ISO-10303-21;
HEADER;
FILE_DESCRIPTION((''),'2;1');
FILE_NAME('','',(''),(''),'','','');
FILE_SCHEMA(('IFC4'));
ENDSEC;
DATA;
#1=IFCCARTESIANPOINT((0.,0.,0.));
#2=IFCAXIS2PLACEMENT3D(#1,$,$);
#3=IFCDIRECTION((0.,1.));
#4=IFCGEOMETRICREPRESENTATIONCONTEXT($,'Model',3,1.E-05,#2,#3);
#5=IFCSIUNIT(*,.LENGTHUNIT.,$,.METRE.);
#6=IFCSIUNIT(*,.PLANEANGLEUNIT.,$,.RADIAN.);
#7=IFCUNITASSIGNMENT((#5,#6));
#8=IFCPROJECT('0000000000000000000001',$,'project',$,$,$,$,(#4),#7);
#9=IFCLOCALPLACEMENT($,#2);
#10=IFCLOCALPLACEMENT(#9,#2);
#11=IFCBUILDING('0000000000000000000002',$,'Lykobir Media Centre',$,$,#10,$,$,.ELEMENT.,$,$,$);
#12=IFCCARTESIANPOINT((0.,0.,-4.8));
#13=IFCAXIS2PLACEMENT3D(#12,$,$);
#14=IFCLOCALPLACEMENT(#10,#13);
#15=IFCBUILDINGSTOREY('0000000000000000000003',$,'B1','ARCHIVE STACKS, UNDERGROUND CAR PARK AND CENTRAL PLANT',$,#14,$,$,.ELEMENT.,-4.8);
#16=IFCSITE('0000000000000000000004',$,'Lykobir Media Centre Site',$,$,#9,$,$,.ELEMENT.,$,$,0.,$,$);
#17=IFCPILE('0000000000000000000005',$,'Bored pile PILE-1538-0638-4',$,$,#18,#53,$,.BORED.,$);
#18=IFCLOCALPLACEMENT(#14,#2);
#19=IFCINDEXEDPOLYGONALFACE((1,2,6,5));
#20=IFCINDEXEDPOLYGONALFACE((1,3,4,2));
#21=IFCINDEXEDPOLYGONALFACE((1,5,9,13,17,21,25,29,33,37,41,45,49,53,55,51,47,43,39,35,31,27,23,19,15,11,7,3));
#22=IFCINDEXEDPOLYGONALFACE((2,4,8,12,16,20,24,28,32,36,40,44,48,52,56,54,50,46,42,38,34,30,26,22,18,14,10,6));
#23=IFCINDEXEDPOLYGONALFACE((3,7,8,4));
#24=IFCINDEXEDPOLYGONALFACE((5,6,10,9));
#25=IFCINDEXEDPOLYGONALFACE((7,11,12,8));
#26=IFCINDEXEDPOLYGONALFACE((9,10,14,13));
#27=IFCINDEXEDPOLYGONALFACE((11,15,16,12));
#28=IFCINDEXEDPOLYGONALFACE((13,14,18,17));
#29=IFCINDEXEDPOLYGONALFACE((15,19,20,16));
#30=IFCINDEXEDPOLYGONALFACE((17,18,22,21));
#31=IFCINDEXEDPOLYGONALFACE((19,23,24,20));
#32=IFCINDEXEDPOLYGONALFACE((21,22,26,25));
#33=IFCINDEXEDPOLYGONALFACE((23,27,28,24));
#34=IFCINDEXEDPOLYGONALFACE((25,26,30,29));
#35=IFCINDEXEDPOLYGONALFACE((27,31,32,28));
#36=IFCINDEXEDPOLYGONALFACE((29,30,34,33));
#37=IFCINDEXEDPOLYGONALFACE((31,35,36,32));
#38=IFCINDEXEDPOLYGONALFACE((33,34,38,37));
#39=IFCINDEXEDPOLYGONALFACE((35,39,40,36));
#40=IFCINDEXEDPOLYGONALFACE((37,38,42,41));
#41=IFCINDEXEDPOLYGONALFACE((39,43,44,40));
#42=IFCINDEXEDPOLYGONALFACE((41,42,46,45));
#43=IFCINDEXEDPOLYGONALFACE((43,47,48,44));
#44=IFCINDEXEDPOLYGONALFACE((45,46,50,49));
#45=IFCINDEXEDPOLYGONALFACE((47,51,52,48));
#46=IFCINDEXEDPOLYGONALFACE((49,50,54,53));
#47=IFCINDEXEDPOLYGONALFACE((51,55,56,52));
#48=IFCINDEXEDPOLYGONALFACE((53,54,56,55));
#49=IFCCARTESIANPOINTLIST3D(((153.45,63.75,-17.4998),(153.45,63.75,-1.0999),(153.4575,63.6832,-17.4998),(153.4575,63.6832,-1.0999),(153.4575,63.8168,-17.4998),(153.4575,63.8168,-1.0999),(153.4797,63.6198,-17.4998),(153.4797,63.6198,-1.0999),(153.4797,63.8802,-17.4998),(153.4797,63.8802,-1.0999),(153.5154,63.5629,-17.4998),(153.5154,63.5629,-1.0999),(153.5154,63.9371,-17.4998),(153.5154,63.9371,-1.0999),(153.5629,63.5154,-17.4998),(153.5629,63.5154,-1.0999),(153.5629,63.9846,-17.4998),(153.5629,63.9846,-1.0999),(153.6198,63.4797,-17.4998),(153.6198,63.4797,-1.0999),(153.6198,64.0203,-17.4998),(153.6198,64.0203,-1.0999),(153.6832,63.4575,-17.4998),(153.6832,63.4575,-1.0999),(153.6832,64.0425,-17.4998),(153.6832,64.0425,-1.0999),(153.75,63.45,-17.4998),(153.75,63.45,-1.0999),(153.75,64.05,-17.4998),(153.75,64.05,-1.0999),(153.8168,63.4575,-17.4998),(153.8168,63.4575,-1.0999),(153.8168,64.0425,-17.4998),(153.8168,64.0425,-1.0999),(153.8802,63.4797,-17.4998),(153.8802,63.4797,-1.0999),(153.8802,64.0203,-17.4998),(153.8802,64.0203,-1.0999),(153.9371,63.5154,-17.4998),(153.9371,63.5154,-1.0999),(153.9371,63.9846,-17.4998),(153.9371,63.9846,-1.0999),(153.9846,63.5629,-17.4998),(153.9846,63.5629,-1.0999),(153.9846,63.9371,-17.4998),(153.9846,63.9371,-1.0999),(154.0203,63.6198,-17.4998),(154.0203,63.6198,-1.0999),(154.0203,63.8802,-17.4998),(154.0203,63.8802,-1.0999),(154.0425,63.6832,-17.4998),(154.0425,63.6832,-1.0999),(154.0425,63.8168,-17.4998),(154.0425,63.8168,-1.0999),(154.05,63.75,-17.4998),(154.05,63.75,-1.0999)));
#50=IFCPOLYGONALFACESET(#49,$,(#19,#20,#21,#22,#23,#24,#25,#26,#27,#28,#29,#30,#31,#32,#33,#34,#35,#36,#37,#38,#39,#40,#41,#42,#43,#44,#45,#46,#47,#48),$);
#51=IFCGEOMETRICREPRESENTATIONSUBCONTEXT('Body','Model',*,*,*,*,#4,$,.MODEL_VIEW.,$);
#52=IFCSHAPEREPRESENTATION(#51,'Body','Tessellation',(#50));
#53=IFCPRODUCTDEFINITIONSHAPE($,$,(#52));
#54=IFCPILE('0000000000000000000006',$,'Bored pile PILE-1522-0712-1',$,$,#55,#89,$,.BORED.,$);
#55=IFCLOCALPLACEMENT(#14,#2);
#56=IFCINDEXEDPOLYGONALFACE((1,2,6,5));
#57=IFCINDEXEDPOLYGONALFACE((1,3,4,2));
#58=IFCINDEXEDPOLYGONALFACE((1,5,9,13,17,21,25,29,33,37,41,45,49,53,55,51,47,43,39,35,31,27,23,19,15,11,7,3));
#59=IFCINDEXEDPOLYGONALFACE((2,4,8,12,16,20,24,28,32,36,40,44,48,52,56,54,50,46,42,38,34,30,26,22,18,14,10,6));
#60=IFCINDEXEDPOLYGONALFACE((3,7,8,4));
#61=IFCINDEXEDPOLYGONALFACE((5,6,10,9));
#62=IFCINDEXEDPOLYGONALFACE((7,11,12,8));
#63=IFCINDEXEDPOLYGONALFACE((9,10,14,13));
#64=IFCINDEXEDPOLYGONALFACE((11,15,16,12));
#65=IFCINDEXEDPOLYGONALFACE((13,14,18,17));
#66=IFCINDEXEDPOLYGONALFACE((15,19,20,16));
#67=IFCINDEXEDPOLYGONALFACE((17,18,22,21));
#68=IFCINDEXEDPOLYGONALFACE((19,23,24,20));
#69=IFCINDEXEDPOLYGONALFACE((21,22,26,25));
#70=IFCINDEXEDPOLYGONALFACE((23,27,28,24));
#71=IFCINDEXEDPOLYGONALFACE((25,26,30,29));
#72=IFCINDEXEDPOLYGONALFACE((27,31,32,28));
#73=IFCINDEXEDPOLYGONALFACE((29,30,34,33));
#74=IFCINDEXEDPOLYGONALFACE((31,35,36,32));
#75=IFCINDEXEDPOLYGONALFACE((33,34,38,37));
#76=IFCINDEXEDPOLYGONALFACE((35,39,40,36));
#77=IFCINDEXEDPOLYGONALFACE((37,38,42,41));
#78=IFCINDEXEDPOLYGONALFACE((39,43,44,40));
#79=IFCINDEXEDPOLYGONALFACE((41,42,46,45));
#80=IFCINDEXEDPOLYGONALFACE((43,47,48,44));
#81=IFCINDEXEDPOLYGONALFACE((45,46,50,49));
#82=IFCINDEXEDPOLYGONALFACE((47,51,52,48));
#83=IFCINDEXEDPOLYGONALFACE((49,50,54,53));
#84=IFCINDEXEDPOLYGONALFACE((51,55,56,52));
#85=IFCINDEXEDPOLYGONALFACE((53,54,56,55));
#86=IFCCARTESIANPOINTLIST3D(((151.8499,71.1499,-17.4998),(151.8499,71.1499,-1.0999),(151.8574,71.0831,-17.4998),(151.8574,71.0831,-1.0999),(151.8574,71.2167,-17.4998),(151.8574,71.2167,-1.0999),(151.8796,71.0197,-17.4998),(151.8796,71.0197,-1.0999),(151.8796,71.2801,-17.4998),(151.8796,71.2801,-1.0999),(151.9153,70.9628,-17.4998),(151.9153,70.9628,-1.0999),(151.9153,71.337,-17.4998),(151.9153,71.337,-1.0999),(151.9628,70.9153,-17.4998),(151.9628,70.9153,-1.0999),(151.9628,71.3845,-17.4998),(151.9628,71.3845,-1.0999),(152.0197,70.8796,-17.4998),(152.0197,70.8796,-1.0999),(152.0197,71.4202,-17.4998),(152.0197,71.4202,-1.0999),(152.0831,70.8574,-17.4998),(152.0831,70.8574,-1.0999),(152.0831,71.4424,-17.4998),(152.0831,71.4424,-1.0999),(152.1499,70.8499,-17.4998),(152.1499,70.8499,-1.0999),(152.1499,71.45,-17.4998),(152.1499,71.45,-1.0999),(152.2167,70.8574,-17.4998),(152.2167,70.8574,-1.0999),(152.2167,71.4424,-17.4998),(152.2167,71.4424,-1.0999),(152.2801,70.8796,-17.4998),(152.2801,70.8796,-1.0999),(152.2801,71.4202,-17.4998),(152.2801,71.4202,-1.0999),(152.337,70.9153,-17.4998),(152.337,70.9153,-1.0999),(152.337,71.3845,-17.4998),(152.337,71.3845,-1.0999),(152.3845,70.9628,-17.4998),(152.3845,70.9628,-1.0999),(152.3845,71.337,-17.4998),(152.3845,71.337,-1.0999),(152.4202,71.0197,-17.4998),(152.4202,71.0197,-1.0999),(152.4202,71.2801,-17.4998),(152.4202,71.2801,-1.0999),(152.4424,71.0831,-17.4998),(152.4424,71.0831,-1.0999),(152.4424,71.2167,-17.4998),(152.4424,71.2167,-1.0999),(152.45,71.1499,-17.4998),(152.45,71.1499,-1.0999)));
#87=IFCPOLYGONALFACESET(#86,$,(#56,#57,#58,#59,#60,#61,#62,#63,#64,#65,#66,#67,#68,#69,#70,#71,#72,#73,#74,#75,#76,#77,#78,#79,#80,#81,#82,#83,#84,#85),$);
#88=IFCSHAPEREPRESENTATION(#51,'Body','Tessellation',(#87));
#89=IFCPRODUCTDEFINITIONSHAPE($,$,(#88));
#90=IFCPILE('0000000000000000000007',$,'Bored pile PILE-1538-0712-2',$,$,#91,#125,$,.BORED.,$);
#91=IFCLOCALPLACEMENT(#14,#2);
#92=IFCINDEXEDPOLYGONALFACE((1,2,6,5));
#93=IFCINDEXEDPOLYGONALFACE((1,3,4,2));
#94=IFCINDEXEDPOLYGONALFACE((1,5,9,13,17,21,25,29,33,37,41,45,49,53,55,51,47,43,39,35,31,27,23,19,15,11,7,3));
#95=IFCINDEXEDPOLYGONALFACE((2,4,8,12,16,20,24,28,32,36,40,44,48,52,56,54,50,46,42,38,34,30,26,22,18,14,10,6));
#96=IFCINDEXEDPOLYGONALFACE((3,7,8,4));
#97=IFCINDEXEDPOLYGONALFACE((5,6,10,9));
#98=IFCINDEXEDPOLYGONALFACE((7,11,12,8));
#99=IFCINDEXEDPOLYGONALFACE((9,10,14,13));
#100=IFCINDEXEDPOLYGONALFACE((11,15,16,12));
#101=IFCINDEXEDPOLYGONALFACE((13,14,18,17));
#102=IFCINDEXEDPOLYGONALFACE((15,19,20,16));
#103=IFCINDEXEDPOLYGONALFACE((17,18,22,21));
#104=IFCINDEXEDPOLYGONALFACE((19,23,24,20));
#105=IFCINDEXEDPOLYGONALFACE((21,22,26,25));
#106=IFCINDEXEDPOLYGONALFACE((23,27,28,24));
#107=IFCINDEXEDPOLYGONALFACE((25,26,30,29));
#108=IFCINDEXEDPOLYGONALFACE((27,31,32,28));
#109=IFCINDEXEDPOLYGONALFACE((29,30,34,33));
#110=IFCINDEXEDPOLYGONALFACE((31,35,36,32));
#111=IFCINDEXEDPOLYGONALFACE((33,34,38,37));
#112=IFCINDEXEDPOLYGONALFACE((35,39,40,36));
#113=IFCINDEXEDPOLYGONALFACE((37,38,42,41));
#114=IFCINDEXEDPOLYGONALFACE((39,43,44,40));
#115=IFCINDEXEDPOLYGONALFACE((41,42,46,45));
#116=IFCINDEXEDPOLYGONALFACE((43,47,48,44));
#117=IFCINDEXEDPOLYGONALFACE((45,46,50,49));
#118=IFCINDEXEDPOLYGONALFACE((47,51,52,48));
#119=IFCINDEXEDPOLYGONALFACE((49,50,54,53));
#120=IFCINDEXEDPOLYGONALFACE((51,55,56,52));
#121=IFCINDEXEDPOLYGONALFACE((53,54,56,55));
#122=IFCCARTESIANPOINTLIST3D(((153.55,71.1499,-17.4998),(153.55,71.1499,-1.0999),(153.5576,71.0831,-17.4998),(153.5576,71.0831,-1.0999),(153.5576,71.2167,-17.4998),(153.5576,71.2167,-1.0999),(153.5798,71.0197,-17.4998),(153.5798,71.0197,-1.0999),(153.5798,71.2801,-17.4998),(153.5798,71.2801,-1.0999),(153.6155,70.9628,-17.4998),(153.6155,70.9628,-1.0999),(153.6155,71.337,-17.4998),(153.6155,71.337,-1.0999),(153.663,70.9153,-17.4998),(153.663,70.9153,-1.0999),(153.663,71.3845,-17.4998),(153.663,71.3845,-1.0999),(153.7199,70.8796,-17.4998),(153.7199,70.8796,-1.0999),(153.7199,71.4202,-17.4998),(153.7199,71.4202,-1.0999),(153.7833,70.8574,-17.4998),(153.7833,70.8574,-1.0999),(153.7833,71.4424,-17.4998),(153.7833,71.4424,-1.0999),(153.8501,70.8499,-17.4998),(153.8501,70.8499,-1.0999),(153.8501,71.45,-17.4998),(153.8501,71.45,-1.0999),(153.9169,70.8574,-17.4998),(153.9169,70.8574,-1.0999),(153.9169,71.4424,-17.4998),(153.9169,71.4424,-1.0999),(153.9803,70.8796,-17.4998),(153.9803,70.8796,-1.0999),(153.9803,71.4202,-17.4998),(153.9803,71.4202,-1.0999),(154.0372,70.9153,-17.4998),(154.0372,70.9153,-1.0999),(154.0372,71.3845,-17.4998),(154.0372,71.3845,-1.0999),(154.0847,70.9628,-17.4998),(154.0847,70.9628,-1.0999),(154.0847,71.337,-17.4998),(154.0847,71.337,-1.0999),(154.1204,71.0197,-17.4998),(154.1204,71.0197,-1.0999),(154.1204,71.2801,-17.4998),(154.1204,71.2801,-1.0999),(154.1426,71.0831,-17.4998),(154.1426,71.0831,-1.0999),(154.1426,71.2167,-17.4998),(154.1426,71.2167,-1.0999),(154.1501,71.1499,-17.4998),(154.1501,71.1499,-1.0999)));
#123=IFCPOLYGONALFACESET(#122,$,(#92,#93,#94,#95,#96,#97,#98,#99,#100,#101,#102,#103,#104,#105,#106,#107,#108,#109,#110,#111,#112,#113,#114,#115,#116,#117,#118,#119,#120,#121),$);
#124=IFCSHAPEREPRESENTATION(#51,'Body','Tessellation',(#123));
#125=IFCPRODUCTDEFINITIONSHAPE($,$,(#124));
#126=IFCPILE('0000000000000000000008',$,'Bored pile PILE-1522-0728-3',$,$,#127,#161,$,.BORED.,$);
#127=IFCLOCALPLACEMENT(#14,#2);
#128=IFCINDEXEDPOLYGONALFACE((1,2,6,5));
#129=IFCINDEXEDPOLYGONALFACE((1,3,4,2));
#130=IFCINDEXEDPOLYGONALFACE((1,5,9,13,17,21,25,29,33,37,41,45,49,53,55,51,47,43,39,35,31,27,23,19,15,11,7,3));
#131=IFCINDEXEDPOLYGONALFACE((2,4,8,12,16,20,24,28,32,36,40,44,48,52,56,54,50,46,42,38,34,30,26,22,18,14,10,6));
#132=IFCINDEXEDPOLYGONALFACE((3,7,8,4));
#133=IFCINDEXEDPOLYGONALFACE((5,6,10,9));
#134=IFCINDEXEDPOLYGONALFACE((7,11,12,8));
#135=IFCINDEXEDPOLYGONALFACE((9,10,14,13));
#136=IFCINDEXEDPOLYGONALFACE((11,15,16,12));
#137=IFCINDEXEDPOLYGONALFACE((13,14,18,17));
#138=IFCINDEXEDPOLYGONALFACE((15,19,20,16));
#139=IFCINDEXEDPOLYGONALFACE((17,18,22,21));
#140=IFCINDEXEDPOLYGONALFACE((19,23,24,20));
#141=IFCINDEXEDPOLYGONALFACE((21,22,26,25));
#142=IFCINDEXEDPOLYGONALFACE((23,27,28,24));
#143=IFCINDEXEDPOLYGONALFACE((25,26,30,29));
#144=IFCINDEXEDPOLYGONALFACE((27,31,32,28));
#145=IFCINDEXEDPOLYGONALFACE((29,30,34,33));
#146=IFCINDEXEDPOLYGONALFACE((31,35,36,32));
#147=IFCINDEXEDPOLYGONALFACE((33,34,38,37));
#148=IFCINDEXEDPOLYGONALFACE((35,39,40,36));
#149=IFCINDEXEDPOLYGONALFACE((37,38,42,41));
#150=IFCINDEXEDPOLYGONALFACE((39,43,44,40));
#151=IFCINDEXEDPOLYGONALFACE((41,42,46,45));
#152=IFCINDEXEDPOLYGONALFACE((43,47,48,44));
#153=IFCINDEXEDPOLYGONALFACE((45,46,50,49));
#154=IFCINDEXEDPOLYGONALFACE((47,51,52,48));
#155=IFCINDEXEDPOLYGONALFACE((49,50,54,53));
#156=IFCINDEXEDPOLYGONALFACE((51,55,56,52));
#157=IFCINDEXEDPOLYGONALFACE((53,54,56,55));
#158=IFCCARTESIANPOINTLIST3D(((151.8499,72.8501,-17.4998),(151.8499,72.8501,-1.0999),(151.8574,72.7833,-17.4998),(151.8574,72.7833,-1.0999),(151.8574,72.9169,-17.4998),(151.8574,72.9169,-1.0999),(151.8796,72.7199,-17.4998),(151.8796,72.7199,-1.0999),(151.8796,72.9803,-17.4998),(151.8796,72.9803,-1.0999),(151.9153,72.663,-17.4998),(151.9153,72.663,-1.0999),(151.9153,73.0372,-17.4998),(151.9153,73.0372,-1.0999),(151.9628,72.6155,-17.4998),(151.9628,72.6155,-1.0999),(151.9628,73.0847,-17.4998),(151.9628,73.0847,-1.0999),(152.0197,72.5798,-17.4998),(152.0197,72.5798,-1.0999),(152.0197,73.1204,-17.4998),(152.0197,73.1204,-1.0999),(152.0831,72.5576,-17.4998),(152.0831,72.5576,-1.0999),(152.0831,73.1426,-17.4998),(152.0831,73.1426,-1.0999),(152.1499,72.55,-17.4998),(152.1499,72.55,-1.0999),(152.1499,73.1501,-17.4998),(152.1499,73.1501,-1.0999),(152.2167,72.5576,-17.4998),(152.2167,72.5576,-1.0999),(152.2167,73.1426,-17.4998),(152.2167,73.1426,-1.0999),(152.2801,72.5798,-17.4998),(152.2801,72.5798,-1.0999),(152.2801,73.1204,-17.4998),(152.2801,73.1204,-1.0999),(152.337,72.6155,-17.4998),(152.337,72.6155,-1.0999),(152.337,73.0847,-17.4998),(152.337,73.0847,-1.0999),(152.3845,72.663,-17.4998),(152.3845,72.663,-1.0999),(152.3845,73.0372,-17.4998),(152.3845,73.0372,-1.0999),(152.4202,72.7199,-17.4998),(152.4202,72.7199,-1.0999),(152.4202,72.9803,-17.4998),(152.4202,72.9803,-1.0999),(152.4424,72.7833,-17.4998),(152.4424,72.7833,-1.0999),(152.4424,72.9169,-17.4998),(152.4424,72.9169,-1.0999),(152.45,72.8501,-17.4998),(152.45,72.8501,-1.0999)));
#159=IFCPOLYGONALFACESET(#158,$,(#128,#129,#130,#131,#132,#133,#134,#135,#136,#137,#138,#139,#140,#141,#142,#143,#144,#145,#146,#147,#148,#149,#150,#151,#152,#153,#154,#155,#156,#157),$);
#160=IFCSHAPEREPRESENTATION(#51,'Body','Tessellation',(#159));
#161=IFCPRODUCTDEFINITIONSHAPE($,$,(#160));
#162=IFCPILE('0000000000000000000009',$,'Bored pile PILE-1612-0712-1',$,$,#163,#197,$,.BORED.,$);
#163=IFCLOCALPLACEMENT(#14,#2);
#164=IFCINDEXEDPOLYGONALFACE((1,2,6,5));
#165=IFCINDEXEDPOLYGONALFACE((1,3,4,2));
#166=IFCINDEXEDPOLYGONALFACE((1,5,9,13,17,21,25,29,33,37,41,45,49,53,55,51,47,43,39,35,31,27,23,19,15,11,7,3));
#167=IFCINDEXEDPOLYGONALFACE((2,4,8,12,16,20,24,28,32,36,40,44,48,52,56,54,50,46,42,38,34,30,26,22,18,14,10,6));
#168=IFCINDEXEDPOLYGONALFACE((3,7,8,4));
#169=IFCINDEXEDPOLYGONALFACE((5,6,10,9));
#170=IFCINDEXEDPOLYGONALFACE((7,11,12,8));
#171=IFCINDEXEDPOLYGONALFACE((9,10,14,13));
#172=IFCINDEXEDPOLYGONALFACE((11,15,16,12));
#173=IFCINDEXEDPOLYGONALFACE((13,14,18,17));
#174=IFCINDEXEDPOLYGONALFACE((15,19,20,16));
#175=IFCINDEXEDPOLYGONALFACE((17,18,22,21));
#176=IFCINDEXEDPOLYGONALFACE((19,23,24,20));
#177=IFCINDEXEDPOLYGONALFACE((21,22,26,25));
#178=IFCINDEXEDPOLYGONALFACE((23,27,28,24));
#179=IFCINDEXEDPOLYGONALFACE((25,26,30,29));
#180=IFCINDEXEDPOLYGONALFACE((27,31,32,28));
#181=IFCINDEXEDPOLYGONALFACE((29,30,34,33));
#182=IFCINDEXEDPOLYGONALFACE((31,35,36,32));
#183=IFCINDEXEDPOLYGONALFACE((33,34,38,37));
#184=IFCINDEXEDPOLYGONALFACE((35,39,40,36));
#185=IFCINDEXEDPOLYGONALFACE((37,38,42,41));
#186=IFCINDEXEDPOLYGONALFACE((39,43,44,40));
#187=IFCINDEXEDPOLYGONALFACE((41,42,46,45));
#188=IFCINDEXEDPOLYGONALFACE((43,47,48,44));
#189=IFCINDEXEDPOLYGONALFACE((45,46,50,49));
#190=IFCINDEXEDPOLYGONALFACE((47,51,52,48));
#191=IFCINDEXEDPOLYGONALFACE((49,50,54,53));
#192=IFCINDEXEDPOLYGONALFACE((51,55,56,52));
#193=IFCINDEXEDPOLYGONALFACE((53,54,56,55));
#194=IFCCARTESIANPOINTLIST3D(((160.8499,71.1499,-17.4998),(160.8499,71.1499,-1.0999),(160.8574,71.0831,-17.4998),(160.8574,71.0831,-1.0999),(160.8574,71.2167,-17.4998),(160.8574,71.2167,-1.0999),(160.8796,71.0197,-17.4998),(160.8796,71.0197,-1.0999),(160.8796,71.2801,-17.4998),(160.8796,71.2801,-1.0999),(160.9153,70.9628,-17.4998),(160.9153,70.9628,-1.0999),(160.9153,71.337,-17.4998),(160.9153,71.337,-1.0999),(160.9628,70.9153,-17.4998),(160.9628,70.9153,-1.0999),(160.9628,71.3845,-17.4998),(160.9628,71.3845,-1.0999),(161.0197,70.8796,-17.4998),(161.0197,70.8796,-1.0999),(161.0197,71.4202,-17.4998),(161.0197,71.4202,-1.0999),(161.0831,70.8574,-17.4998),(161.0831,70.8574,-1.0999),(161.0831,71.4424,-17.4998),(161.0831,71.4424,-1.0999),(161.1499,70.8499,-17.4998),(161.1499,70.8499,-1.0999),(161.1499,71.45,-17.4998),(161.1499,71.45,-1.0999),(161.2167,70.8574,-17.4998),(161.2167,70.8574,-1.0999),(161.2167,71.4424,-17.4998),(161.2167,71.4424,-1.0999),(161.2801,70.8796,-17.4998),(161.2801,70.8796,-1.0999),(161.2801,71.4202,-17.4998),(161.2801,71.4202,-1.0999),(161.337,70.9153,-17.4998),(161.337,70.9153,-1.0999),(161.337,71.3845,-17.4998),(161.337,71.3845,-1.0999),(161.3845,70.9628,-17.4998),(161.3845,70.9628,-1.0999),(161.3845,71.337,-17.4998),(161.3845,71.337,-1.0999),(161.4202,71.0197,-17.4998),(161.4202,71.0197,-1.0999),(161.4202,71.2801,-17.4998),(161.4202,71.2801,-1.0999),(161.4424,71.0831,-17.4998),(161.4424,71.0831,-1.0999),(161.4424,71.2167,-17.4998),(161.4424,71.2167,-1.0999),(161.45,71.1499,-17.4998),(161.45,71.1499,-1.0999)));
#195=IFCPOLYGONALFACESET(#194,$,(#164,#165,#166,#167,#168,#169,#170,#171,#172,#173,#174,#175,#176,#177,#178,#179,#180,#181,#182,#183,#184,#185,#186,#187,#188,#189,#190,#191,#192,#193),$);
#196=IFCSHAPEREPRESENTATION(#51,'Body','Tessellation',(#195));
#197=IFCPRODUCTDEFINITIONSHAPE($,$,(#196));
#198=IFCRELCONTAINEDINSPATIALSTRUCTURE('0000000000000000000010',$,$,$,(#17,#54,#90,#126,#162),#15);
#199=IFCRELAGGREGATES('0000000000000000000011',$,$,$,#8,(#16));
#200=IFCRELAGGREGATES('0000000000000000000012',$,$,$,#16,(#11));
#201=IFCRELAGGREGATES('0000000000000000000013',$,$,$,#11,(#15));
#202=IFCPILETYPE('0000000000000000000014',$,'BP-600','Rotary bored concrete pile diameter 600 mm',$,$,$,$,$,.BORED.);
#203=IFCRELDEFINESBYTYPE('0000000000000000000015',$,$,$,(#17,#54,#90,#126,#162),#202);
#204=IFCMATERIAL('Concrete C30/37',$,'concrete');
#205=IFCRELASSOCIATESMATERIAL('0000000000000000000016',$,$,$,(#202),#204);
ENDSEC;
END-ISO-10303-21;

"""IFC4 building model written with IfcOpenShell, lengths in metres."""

from ifc_helpers import new_model, si_unit, direction, frame, origin, origin_2d, place, context, subcontext, project, spatial, circle, extrude, material, material_profile, profile_set, type_object, element, save


model = new_model("IFC4")

# Units and contexts
model_context = context("Model", 3, precision=1e-05, world=origin(), true_north=direction((0.0, 1.0)))
body_context = subcontext(model_context, "Body", "Model", "MODEL_VIEW")
ifc_project = project(units=[si_unit("LENGTHUNIT", "METRE"), si_unit("PLANEANGLEUNIT", "RADIAN")], contexts=[model_context])

# Site, building, storey
site_placement = place(None, origin())
site = spatial("IfcSite", under=ifc_project, at=site_placement, Name="Lykobir Media Centre Site", CompositionType="ELEMENT", RefElevation=0.0)
building_placement = place(site_placement, origin())
building = spatial("IfcBuilding", under=site, at=building_placement, Name="Lykobir Media Centre", CompositionType="ELEMENT")
storey_placement = place(building_placement, frame((0.0, 0.0, -4.8)))
storey = spatial("IfcBuildingStorey", under=building, at=storey_placement, Name="B1", Description="ARCHIVE STACKS, UNDERGROUND CAR PARK AND CENTRAL PLANT", CompositionType="ELEMENT", Elevation=-4.8)

# Piles
ifc_material_1 = material(Name="Concrete C30/37", Category="concrete")
ifc_material_profile_1 = material_profile(ifc_material_1, circle(Radius=0.3, at=origin_2d()), Name="BORED PILE D600")
ifc_profile_set_1 = profile_set([ifc_material_profile_1], Name="Concrete C30/37")
pile_type = type_object("IfcPileType", Name="BP-600", Description="Rotary bored concrete pile diameter 600 mm", PredefinedType="BORED", material=ifc_profile_set_1)
for number, where, z_axis, x_axis, name in (
    (1, (153.75, 63.75, -1.0999), (0.0, 0.0, -1.0), (1.0, 0.0, 0.0), "Bored pile PILE-1538-0638-4"),
    (2, (152.1499, 71.1499, -1.0999), (0.0, 0.0, -1.0), (1.0, 0.0, 0.0), "Bored pile PILE-1522-0712-1"),
    (3, (153.8501, 71.1499, -1.0999), (0.0, 0.0, -1.0), (1.0, 0.0, 0.0), "Bored pile PILE-1538-0712-2"),
    (4, (152.1499, 72.8501, -1.0999), (0.0, 0.0, -1.0), (1.0, 0.0, 0.0), "Bored pile PILE-1522-0728-3"),
    (5, (161.1499, 71.1499, -1.0999), (0.0, 0.0, -1.0), (1.0, 0.0, 0.0), "Bored pile PILE-1612-0712-1"),
):
    element("IfcPile", number, at=place(storey_placement, frame(where, z_axis=z_axis, x_axis=x_axis)), inside=storey, type_object=pile_type, Name=name, PredefinedType="BORED", context=body_context, shape_type="SweptSolid", body=[
        extrude(circle(Radius=0.3, at=origin_2d()), origin(), (0.0, 0.0, 1.0), 16.3999),
    ])

save(model, "model.ifc")
